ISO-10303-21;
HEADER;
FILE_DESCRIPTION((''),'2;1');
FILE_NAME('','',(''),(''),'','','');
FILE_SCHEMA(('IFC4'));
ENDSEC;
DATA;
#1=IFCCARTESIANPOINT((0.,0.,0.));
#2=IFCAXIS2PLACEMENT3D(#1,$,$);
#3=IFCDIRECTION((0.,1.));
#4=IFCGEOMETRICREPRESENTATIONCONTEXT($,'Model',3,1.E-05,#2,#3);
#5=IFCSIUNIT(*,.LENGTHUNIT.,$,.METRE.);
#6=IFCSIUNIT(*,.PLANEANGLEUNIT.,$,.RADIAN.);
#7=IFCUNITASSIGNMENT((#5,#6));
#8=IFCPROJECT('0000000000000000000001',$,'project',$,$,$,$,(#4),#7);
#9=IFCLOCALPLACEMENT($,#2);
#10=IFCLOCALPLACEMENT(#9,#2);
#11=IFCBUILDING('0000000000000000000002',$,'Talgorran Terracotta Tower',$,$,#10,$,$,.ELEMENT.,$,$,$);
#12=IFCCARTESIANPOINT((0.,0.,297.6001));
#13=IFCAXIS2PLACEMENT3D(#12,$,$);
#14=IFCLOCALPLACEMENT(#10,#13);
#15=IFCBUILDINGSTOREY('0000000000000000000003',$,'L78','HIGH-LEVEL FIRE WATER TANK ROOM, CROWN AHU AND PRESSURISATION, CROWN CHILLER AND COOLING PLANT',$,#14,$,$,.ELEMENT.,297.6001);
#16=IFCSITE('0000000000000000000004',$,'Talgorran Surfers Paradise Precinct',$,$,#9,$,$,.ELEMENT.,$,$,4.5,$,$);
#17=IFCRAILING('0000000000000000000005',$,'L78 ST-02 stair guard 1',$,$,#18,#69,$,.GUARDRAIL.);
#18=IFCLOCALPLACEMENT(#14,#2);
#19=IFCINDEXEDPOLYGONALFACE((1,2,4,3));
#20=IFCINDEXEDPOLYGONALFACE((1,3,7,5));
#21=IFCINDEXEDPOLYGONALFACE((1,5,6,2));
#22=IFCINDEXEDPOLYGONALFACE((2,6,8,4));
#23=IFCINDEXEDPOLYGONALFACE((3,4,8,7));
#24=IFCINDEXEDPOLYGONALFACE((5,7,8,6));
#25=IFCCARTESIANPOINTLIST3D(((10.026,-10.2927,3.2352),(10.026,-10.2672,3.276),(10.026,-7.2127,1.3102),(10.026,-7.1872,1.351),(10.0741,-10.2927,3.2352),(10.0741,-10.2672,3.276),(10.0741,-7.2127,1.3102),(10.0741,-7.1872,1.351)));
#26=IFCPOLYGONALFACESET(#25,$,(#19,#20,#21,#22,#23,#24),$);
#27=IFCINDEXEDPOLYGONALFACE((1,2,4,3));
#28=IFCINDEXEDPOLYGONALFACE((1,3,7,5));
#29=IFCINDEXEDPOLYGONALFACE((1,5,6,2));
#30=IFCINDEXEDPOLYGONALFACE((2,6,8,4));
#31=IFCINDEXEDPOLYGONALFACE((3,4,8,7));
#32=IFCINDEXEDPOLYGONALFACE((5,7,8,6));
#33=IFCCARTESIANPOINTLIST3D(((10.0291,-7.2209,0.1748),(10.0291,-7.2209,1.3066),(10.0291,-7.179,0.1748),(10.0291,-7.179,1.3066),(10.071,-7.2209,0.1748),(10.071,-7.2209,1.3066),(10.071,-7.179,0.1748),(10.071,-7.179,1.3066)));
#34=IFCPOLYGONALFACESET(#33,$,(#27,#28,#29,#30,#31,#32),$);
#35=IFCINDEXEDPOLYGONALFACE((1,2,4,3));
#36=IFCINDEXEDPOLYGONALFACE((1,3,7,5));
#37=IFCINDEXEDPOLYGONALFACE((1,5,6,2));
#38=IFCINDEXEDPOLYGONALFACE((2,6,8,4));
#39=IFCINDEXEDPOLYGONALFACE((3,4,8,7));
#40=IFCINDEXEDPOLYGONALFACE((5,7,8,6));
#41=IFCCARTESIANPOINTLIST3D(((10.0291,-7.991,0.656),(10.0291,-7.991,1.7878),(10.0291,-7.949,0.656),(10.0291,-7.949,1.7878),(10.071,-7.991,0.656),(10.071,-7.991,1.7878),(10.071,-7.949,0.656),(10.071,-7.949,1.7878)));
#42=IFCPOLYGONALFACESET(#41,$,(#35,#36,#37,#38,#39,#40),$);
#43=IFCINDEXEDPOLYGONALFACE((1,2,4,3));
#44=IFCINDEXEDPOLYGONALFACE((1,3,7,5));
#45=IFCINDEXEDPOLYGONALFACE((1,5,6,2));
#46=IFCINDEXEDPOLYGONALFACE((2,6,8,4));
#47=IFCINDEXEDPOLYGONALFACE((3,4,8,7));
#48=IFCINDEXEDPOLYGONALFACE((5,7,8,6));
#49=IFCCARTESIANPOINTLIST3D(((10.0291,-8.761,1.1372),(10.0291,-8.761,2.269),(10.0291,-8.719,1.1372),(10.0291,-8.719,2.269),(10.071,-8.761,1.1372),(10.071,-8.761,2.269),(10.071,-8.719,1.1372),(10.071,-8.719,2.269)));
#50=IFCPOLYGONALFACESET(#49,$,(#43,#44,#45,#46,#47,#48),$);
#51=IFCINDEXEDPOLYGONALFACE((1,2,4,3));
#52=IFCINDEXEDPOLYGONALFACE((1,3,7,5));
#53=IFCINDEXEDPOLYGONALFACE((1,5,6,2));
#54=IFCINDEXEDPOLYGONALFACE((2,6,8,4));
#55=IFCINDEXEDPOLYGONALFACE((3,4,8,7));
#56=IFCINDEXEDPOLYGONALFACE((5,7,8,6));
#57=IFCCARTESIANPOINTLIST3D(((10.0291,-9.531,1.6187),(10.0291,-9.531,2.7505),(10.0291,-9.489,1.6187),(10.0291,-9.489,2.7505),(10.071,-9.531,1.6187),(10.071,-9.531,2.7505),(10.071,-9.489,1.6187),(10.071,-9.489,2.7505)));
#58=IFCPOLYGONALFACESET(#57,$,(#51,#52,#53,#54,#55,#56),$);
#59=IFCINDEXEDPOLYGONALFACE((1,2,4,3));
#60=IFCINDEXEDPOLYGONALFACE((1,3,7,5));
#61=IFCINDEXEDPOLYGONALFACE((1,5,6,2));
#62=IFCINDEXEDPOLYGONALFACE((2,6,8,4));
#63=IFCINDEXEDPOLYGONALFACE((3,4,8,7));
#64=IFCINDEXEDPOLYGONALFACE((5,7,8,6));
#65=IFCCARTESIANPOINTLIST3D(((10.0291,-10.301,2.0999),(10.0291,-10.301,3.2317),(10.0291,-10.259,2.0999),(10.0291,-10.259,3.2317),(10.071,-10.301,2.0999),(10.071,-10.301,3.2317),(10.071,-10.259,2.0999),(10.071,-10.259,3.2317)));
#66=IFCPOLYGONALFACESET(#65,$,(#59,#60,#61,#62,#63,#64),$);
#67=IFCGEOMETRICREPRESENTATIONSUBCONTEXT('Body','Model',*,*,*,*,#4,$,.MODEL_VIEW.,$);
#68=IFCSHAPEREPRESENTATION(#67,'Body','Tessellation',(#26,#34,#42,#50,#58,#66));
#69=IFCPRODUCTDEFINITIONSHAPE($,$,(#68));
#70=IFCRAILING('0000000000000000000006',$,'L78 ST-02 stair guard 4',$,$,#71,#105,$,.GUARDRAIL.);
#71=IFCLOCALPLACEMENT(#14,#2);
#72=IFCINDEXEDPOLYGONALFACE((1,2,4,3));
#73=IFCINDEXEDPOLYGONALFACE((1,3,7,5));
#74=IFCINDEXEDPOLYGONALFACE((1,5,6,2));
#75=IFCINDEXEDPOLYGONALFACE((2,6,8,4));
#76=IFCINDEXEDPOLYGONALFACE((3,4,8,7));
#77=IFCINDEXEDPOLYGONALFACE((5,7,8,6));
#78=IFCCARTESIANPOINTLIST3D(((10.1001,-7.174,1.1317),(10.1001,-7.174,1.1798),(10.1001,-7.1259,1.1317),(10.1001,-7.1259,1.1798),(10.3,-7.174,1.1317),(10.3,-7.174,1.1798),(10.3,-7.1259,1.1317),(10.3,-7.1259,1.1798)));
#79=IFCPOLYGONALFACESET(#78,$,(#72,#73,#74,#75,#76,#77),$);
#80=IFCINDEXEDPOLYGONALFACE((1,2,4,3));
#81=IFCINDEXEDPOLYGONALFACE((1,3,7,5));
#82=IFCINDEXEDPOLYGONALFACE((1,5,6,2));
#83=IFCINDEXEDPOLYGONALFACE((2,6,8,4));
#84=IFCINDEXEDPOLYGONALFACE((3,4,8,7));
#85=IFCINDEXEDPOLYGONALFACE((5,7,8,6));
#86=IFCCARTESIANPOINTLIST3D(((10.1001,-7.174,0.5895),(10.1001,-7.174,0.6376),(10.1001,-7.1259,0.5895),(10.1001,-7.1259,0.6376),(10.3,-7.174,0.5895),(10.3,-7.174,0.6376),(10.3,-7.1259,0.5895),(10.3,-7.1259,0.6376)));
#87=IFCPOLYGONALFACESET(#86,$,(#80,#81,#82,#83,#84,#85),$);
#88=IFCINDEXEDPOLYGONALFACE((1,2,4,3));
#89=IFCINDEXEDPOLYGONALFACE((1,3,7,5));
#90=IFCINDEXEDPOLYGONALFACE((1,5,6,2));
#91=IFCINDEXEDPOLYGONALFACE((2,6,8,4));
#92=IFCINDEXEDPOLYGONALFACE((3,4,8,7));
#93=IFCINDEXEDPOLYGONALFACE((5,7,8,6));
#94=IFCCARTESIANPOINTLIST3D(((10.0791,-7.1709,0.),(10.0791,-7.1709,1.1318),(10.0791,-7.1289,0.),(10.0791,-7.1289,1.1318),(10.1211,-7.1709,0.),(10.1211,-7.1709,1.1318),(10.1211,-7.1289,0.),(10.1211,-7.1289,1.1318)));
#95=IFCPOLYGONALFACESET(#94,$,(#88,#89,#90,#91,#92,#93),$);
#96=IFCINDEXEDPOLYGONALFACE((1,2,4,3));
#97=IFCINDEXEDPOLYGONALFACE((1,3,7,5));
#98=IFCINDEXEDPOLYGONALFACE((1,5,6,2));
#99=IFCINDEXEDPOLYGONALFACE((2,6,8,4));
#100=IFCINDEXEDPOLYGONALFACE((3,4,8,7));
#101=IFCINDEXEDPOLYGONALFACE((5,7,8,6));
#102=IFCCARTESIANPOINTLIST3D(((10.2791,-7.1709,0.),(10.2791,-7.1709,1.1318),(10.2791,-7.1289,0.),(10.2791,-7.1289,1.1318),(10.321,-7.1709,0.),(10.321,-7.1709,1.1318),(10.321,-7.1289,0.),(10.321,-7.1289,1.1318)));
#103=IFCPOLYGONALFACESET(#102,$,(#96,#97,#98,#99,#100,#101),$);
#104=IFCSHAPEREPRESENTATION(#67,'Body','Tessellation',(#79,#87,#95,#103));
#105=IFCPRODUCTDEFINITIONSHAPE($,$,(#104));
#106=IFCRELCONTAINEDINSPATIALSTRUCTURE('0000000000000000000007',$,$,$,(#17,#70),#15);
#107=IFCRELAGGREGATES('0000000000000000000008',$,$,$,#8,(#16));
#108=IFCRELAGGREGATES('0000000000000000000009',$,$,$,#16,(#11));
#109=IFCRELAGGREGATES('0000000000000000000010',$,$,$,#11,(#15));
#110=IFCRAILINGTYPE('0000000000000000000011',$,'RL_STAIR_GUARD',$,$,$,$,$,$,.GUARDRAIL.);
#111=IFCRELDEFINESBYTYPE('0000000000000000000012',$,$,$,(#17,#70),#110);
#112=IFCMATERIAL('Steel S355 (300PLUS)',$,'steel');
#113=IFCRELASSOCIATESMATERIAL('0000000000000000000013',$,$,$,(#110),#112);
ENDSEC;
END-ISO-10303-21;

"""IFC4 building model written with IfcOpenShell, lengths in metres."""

from ifc_helpers import new_model, si_unit, direction, frame, origin, origin_2d, place, context, subcontext, project, spatial, rectangle, extrude, material, type_object, element, save


model = new_model("IFC4")

# Units and contexts
model_context = context("Model", 3, precision=1e-05, world=origin(), true_north=direction((0.0, 1.0)))
body_context = subcontext(model_context, "Body", "Model", "MODEL_VIEW")
ifc_project = project(units=[si_unit("LENGTHUNIT", "METRE"), si_unit("PLANEANGLEUNIT", "RADIAN")], contexts=[model_context])

# Site, building, storey
site_placement = place(None, origin())
site = spatial("IfcSite", under=ifc_project, at=site_placement, Name="Talgorran Surfers Paradise Precinct", CompositionType="ELEMENT", RefElevation=4.5)
building_placement = place(site_placement, origin())
building = spatial("IfcBuilding", under=site, at=building_placement, Name="Talgorran Terracotta Tower", CompositionType="ELEMENT")
storey_placement = place(building_placement, frame((0.0, 0.0, 297.6001)))
storey = spatial("IfcBuildingStorey", under=building, at=storey_placement, Name="L78", Description="HIGH-LEVEL FIRE WATER TANK ROOM, CROWN AHU AND PRESSURISATION, CROWN CHILLER AND COOLING PLANT", CompositionType="ELEMENT", Elevation=297.6001)

# Shared definitions
ifc_material_1 = material(Name="Steel S355 (300PLUS)", Category="steel")

# Railings
railing_type_1 = type_object("IfcRailingType", Name="RL_STAIR_GUARD", PredefinedType="GUARDRAIL", material=ifc_material_1)
railing_1_placement = place(storey_placement, frame((10.05, -7.2, 0.1748)))
element("IfcRailing", 1, at=railing_1_placement, inside=storey, type_object=railing_type_1, Name="L78 ST-02 stair guard 1", PredefinedType="GUARDRAIL", context=body_context, shape_type="SweptSolid", body=[
    extrude(rectangle(XDim=0.0481, YDim=0.0481, at=origin_2d()), frame((0.0, 0.0, 1.1558), z_axis=(0.0, -0.847998, 0.529999), x_axis=(1.0, 0.0, 0.0)), (0.0, 0.0, 1.0), 3.6321),
    extrude(rectangle(XDim=0.042, YDim=0.042, at=origin_2d()), origin(), (0.0, 0.0, 1.0), 1.1318),
    extrude(rectangle(XDim=0.042, YDim=0.042, at=origin_2d()), frame((0.0, -0.77, 0.4812)), (0.0, 0.0, 1.0), 1.1318),
    extrude(rectangle(XDim=0.042, YDim=0.042, at=origin_2d()), frame((0.0, -1.54, 0.9624)), (0.0, 0.0, 1.0), 1.1318),
    extrude(rectangle(XDim=0.042, YDim=0.042, at=origin_2d()), frame((0.0, -2.3101, 1.4438)), (0.0, 0.0, 1.0), 1.1318),
    extrude(rectangle(XDim=0.042, YDim=0.042, at=origin_2d()), frame((0.0, -3.0801, 1.925)), (0.0, 0.0, 1.0), 1.1318),
])
railing_2_placement = place(storey_placement, frame((10.1001, -7.1499, 0.0)))
element("IfcRailing", 2, at=railing_2_placement, inside=storey, type_object=railing_type_1, Name="L78 ST-02 stair guard 4", PredefinedType="GUARDRAIL", context=body_context, shape_type="SweptSolid", body=[
    extrude(rectangle(XDim=0.0481, YDim=0.0481, at=origin_2d()), frame((0.0, 0.0, 1.1558), z_axis=(1.0, 0.0, 0.0), x_axis=(0.0, 1.0, 0.0)), (0.0, 0.0, 1.0), 0.2),
    extrude(rectangle(XDim=0.0481, YDim=0.0481, at=origin_2d()), frame((0.0, 0.0, 0.6135), z_axis=(1.0, 0.0, 0.0), x_axis=(0.0, 1.0, 0.0)), (0.0, 0.0, 1.0), 0.2),
    extrude(rectangle(XDim=0.042, YDim=0.042, at=origin_2d()), origin(), (0.0, 0.0, 1.0), 1.1318),
    extrude(rectangle(XDim=0.042, YDim=0.042, at=origin_2d()), frame((0.2, 0.0, 0.0)), (0.0, 0.0, 1.0), 1.1318),
])

save(model, "model.ifc")
